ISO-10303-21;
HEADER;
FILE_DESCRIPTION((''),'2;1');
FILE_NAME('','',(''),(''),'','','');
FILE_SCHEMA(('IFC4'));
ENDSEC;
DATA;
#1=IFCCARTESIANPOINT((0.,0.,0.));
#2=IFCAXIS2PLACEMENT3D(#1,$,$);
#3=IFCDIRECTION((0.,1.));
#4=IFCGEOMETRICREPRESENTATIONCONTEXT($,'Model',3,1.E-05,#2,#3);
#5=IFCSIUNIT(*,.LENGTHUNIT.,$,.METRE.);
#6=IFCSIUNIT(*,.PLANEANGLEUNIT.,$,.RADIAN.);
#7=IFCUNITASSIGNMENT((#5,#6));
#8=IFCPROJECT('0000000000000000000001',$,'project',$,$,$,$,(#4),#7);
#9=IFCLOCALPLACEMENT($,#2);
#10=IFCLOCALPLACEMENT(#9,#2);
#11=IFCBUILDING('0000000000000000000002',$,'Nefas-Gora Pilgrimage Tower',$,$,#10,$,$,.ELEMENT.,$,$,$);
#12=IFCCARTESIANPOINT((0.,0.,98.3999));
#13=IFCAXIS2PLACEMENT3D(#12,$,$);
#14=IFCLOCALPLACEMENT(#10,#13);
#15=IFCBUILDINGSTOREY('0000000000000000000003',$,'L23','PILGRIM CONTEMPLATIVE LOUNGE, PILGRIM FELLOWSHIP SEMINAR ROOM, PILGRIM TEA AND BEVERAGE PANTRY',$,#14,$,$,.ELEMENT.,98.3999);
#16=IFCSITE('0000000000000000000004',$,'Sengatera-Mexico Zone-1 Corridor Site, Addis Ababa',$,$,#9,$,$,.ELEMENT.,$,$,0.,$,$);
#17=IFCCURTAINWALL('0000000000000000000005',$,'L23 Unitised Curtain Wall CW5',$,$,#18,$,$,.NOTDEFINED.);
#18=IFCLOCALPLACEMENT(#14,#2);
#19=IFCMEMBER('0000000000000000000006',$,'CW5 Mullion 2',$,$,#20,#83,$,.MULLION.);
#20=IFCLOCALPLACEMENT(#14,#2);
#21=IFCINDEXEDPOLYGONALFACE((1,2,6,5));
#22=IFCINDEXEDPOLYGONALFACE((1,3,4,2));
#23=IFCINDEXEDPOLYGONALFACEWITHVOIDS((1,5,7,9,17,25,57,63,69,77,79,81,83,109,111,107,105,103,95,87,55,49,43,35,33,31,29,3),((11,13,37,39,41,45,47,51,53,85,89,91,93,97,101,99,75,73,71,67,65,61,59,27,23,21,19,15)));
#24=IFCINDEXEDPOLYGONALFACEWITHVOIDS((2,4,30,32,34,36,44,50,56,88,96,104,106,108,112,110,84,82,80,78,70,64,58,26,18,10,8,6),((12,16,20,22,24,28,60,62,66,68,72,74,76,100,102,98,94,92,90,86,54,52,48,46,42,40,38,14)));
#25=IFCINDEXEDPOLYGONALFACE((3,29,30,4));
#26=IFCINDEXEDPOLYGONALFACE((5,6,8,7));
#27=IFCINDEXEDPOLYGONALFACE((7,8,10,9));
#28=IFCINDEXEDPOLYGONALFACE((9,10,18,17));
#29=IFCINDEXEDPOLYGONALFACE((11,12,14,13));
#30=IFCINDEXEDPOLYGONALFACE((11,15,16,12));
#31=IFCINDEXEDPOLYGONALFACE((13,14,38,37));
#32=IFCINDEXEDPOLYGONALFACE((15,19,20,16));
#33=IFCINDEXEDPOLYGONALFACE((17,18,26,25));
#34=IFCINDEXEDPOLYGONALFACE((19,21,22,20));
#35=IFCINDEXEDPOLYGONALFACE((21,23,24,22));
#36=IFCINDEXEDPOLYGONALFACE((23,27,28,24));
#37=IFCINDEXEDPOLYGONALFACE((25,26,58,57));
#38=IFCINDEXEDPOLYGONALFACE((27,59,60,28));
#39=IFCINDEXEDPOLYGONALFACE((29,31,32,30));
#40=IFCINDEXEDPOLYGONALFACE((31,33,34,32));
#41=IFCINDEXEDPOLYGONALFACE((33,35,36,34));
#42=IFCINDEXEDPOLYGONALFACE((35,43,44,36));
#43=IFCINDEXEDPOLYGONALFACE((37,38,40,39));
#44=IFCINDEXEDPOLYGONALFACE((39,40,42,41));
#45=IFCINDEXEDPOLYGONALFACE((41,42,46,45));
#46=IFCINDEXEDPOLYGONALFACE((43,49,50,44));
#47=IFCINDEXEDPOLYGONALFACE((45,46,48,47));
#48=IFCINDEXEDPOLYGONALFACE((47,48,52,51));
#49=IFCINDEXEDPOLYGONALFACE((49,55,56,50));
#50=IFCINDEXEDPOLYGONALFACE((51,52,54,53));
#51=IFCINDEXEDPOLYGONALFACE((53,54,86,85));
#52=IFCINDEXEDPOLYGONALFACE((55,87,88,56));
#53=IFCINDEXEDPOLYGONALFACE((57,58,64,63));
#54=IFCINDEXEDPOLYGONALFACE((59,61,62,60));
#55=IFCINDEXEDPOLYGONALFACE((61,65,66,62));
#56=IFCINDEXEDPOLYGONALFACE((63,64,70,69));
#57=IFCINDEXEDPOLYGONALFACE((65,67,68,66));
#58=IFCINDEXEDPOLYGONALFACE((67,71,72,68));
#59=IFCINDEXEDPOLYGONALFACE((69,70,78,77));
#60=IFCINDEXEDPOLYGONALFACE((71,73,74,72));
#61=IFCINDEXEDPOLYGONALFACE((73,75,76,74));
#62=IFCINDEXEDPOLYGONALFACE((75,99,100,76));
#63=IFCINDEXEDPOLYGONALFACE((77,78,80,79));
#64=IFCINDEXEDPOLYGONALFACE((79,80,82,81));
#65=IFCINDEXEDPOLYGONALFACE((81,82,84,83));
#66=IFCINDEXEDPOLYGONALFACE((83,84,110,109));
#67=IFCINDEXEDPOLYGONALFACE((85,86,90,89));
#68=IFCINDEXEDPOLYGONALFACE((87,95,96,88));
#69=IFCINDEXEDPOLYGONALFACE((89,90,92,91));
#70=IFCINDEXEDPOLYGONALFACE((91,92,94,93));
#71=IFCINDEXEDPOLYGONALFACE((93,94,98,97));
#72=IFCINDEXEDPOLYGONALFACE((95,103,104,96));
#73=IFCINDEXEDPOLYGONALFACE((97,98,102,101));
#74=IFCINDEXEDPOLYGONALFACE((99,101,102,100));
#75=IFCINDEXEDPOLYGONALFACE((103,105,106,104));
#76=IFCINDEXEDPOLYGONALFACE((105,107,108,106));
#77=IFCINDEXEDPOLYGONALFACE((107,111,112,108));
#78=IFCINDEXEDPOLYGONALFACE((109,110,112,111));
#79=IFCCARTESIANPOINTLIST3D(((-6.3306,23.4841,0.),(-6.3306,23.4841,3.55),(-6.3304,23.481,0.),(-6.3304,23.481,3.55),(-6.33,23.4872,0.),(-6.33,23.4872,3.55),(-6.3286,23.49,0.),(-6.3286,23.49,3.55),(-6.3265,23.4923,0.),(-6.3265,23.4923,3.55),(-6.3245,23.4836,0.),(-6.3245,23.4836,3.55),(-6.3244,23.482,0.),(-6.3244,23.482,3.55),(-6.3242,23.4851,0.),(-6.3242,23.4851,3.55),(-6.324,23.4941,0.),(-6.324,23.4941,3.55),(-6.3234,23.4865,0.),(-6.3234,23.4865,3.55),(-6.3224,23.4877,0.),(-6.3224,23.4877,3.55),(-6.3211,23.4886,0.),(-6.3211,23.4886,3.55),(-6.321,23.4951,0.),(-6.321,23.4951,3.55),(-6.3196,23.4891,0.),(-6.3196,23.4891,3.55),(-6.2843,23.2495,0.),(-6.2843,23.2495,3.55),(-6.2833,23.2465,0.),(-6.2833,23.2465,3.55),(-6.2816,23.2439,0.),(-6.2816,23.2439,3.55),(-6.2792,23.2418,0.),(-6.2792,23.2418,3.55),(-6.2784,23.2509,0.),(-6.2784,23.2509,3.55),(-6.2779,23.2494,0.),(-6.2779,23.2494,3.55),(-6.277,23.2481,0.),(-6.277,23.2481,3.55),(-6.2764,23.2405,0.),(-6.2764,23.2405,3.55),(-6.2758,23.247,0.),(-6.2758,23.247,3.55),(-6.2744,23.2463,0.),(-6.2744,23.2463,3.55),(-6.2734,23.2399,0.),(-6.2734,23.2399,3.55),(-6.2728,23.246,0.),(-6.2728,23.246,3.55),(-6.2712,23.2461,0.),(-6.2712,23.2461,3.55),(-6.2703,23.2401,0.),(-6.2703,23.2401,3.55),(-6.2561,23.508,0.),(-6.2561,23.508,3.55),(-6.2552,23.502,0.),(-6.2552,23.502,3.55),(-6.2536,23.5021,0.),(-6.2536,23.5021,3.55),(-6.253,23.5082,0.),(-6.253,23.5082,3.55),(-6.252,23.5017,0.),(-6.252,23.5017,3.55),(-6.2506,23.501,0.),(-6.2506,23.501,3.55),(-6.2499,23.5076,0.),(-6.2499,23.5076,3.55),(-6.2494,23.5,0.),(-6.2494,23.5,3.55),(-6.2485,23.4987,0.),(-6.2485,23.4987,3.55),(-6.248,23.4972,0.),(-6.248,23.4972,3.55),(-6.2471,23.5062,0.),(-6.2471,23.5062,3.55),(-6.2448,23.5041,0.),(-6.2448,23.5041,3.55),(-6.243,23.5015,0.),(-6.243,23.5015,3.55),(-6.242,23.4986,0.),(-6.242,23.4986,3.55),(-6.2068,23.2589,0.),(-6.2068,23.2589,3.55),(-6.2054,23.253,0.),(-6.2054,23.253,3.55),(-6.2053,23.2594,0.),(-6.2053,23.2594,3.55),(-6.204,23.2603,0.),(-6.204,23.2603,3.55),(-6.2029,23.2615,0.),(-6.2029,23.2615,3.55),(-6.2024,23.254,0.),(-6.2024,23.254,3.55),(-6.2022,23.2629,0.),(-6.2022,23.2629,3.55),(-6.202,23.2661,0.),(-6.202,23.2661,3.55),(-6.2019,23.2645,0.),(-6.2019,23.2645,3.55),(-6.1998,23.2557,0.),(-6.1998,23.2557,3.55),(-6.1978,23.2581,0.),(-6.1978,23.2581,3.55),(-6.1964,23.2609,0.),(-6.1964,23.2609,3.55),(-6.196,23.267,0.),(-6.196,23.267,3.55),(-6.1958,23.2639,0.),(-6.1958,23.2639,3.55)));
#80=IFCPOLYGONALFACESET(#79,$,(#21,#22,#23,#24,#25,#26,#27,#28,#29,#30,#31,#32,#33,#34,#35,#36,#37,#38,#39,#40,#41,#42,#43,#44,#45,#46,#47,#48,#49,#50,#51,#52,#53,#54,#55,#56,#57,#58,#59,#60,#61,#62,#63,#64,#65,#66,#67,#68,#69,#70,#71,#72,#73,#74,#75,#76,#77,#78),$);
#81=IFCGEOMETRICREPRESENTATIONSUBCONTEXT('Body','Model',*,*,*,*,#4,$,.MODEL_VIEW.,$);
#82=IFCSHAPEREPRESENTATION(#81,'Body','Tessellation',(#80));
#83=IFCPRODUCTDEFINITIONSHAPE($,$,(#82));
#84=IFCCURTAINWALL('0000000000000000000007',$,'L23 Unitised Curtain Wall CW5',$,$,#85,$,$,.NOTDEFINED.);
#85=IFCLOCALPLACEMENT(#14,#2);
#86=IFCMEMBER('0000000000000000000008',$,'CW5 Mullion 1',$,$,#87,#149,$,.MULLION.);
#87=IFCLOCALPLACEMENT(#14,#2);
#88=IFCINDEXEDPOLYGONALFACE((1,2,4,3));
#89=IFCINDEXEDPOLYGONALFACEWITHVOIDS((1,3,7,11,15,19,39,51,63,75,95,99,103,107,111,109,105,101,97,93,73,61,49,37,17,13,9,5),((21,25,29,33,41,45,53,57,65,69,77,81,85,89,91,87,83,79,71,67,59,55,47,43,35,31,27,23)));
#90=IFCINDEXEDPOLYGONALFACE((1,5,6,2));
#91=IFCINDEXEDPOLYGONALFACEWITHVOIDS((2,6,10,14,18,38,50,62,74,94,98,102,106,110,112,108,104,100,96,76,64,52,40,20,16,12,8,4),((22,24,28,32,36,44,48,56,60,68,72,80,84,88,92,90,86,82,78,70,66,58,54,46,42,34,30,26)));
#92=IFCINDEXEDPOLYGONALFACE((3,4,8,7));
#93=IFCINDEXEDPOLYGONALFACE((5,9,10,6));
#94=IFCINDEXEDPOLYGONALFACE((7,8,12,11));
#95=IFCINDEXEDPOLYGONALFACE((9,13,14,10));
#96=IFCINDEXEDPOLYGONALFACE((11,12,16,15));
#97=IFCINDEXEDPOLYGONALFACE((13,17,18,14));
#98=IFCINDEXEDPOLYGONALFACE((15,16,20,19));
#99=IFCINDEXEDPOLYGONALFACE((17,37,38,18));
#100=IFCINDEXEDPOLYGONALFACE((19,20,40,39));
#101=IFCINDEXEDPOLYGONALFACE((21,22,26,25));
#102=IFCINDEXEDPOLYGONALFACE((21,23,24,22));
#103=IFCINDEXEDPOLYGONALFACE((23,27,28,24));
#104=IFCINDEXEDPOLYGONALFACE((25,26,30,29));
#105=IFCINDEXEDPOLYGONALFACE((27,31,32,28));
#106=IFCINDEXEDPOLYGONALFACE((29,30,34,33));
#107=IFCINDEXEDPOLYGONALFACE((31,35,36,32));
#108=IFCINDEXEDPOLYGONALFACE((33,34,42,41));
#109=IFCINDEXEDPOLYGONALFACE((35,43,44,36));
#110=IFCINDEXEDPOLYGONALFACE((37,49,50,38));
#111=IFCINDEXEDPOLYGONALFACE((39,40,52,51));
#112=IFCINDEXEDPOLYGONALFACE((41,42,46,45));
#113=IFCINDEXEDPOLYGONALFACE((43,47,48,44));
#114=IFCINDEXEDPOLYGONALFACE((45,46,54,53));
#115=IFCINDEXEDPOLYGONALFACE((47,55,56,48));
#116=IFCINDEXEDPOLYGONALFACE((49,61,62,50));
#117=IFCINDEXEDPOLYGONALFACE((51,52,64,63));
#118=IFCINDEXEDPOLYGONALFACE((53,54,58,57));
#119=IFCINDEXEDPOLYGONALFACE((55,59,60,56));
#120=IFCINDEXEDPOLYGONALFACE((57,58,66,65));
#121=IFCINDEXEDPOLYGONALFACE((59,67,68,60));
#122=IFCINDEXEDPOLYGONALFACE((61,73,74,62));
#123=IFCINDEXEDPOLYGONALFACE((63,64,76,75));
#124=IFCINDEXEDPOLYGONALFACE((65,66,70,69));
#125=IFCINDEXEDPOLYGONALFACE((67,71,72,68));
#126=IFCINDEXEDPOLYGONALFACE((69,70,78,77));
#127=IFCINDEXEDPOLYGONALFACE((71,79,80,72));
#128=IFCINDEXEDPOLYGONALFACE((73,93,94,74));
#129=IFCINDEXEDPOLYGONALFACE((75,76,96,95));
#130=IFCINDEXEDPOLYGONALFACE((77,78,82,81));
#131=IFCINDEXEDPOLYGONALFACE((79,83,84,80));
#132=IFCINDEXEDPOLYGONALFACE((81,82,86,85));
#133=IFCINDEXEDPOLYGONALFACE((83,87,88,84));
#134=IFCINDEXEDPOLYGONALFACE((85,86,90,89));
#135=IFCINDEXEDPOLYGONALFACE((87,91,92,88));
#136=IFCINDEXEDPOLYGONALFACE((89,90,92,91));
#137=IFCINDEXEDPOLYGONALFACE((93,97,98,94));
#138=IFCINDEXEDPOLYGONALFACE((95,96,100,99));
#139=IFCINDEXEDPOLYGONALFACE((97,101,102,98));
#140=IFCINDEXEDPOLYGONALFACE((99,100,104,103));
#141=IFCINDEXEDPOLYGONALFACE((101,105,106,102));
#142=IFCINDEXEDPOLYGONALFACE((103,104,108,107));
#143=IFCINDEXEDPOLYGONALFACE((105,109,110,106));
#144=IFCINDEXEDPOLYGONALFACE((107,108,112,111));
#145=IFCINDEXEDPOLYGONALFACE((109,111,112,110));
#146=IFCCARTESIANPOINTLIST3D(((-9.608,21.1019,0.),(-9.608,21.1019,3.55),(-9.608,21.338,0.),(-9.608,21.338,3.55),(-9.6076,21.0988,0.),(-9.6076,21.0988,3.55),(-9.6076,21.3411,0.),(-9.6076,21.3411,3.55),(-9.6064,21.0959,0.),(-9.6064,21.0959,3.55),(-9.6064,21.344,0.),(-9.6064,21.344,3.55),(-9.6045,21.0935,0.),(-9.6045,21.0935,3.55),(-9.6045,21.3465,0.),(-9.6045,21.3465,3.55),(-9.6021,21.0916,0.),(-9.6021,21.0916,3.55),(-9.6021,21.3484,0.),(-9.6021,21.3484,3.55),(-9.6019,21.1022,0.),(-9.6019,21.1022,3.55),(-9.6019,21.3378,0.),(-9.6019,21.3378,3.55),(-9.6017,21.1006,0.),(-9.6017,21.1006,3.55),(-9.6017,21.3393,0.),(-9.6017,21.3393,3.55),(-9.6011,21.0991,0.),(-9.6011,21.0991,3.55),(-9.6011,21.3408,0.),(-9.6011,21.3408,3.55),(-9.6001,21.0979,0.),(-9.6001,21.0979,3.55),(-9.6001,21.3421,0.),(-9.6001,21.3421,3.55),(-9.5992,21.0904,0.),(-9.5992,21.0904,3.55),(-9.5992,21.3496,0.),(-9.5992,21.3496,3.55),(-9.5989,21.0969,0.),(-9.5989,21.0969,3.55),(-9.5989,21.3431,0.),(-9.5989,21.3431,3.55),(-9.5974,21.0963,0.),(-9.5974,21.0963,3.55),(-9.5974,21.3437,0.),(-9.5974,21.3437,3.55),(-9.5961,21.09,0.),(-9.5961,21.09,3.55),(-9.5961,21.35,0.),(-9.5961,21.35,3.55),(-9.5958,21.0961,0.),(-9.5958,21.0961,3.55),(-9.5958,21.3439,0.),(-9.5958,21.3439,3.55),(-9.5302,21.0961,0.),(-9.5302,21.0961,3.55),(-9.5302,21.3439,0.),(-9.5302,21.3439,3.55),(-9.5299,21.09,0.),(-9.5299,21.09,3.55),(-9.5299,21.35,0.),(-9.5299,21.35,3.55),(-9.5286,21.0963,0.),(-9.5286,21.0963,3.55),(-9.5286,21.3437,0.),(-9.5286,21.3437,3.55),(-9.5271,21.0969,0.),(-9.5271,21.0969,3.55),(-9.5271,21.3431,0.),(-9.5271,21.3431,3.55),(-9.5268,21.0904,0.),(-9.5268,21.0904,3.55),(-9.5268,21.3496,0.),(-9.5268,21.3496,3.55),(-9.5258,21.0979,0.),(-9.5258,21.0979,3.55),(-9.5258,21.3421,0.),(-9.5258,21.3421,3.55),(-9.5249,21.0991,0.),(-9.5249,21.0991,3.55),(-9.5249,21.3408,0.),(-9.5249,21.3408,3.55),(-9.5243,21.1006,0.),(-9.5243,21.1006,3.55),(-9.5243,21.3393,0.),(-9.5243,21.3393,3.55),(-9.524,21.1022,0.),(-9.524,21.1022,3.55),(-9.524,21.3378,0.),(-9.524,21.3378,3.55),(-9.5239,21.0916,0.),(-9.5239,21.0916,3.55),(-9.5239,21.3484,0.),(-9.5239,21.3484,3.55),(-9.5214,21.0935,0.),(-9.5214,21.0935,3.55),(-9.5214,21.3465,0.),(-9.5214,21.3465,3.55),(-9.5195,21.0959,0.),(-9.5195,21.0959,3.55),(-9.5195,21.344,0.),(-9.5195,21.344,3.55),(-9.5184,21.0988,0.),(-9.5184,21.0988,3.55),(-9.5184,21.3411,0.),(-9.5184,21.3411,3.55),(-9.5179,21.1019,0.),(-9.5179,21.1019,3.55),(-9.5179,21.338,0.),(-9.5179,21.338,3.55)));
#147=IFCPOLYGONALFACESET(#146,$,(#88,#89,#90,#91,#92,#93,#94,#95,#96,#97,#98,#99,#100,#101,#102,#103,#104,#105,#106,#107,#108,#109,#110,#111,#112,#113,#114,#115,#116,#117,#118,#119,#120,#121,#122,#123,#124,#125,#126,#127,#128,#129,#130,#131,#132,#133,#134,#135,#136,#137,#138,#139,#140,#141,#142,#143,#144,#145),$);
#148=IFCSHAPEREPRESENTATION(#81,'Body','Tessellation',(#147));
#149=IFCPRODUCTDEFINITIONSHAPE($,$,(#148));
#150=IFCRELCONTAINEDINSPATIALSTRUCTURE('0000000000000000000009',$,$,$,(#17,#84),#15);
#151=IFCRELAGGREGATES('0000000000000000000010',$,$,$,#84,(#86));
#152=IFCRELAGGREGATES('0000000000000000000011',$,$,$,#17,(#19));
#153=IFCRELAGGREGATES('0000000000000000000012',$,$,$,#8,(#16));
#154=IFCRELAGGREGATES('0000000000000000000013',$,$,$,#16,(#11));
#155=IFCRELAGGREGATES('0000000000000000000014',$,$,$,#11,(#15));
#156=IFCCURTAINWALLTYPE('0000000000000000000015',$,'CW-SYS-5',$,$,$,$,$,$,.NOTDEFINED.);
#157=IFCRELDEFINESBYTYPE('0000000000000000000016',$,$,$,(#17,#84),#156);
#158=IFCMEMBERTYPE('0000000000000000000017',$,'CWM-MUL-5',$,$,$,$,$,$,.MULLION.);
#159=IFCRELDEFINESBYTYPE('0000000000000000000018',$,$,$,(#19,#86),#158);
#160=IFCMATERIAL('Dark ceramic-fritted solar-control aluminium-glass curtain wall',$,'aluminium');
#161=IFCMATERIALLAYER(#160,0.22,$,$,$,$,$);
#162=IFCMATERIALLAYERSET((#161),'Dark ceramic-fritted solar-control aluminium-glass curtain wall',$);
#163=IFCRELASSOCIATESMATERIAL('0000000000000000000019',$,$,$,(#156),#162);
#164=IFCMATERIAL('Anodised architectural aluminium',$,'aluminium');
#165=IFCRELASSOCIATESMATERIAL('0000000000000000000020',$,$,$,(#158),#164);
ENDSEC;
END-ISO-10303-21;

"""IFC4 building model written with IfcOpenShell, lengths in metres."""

from ifc_helpers import new_model, si_unit, direction, frame, origin, origin_2d, place, context, subcontext, project, spatial, hollow_rectangle, extrude, source, transform, mapped, material, layer, layer_set, material_profile, profile_set, type_object, element, aggregate, save


model = new_model("IFC4")

# Units and contexts
model_context = context("Model", 3, precision=1e-05, world=origin(), true_north=direction((0.0, 1.0)))
body_context = subcontext(model_context, "Body", "Model", "MODEL_VIEW")
ifc_project = project(units=[si_unit("LENGTHUNIT", "METRE"), si_unit("PLANEANGLEUNIT", "RADIAN")], contexts=[model_context])

# Site, building, storey
site_placement = place(None, origin())
site = spatial("IfcSite", under=ifc_project, at=site_placement, Name="Sengatera-Mexico Zone-1 Corridor Site, Addis Ababa", CompositionType="ELEMENT", RefElevation=0.0)
building_placement = place(site_placement, origin())
building = spatial("IfcBuilding", under=site, at=building_placement, Name="Nefas-Gora Pilgrimage Tower", CompositionType="ELEMENT")
storey_placement = place(building_placement, frame((0.0, 0.0, 98.3999)))
storey = spatial("IfcBuildingStorey", under=building, at=storey_placement, Name="L23", Description="PILGRIM CONTEMPLATIVE LOUNGE, PILGRIM FELLOWSHIP SEMINAR ROOM, PILGRIM TEA AND BEVERAGE PANTRY", CompositionType="ELEMENT", Elevation=98.3999)

# Shared definitions
ifc_material_1 = material(Name="Dark ceramic-fritted solar-control aluminium-glass curtain wall", Category="aluminium")
ifc_layer_1 = layer(ifc_material_1, 0.22)
ifc_layer_set_1 = layer_set([ifc_layer_1], Name="Dark ceramic-fritted solar-control aluminium-glass curtain wall")
curtain_wall_type = type_object("IfcCurtainWallType", Name="CW-SYS-5", PredefinedType="NOTDEFINED", material=ifc_layer_set_1)
ifc_material_2 = material(Name="Anodised architectural aluminium", Category="aluminium")
ifc_material_profile_1 = material_profile(ifc_material_2, hollow_rectangle(XDim=0.0901, YDim=0.26, WallThickness=0.0061, InnerFilletRadius=0.0061, OuterFilletRadius=0.012, at=origin_2d()), Name="ALU MULLION 90x260")
ifc_profile_set_1 = profile_set([ifc_material_profile_1], Name="Anodised architectural aluminium")
member_type_1 = type_object("IfcMemberType", Name="CWM-MUL-5", PredefinedType="MULLION", material=ifc_profile_set_1)
shared_shape_1 = source(origin(), body_context, "Body", "SweptSolid", [
    extrude(hollow_rectangle(XDim=0.0901, YDim=0.26, WallThickness=0.0061, InnerFilletRadius=0.0061, OuterFilletRadius=0.012, at=origin_2d()), origin(), (0.0, 0.0, 1.0), 3.55),
])

# Curtain walls, members
curtain_wall_1_placement = place(storey_placement, origin())
curtain_wall_1 = element("IfcCurtainWall", 1, at=curtain_wall_1_placement, inside=storey, type_object=curtain_wall_type, Name="L23 Unitised Curtain Wall CW5", PredefinedType="NOTDEFINED")
member_1_placement = place(storey_placement, frame((-6.2632, 23.374, 0.0), z_axis=(0.0, 0.0, 1.0), x_axis=(-0.980783, -0.195102, 0.0)))
member_1 = element("IfcMember", 2, at=member_1_placement, type_object=member_type_1, Name="CW5 Mullion 2", PredefinedType="MULLION", context=body_context, shape_type="MappedRepresentation", body=[
    mapped(shared_shape_1, transform((0.0, 0.0, 0.0), x_axis=(1.0, 0.0, 0.0), y_axis=(0.0, 1.0, 0.0), z_axis=(0.0, 0.0, 1.0), scale=1.0)),
])
curtain_wall_2_placement = place(storey_placement, origin())
curtain_wall_2 = element("IfcCurtainWall", 3, at=curtain_wall_2_placement, inside=storey, type_object=curtain_wall_type, Name="L23 Unitised Curtain Wall CW5", PredefinedType="NOTDEFINED")
member_2_placement = place(storey_placement, frame((-9.563, 21.22, 0.0), z_axis=(0.0, 0.0, 1.0), x_axis=(-1.0, 0.0, 0.0)))
member_2 = element("IfcMember", 4, at=member_2_placement, type_object=member_type_1, Name="CW5 Mullion 1", PredefinedType="MULLION", context=body_context, shape_type="MappedRepresentation", body=[
    mapped(shared_shape_1, transform((0.0, 0.0, 0.0), x_axis=(1.0, 0.0, 0.0), y_axis=(0.0, 1.0, 0.0), z_axis=(0.0, 0.0, 1.0), scale=1.0)),
])
aggregate(curtain_wall_2, [member_2])

aggregate(curtain_wall_1, [member_1])

save(model, "model.ifc")
